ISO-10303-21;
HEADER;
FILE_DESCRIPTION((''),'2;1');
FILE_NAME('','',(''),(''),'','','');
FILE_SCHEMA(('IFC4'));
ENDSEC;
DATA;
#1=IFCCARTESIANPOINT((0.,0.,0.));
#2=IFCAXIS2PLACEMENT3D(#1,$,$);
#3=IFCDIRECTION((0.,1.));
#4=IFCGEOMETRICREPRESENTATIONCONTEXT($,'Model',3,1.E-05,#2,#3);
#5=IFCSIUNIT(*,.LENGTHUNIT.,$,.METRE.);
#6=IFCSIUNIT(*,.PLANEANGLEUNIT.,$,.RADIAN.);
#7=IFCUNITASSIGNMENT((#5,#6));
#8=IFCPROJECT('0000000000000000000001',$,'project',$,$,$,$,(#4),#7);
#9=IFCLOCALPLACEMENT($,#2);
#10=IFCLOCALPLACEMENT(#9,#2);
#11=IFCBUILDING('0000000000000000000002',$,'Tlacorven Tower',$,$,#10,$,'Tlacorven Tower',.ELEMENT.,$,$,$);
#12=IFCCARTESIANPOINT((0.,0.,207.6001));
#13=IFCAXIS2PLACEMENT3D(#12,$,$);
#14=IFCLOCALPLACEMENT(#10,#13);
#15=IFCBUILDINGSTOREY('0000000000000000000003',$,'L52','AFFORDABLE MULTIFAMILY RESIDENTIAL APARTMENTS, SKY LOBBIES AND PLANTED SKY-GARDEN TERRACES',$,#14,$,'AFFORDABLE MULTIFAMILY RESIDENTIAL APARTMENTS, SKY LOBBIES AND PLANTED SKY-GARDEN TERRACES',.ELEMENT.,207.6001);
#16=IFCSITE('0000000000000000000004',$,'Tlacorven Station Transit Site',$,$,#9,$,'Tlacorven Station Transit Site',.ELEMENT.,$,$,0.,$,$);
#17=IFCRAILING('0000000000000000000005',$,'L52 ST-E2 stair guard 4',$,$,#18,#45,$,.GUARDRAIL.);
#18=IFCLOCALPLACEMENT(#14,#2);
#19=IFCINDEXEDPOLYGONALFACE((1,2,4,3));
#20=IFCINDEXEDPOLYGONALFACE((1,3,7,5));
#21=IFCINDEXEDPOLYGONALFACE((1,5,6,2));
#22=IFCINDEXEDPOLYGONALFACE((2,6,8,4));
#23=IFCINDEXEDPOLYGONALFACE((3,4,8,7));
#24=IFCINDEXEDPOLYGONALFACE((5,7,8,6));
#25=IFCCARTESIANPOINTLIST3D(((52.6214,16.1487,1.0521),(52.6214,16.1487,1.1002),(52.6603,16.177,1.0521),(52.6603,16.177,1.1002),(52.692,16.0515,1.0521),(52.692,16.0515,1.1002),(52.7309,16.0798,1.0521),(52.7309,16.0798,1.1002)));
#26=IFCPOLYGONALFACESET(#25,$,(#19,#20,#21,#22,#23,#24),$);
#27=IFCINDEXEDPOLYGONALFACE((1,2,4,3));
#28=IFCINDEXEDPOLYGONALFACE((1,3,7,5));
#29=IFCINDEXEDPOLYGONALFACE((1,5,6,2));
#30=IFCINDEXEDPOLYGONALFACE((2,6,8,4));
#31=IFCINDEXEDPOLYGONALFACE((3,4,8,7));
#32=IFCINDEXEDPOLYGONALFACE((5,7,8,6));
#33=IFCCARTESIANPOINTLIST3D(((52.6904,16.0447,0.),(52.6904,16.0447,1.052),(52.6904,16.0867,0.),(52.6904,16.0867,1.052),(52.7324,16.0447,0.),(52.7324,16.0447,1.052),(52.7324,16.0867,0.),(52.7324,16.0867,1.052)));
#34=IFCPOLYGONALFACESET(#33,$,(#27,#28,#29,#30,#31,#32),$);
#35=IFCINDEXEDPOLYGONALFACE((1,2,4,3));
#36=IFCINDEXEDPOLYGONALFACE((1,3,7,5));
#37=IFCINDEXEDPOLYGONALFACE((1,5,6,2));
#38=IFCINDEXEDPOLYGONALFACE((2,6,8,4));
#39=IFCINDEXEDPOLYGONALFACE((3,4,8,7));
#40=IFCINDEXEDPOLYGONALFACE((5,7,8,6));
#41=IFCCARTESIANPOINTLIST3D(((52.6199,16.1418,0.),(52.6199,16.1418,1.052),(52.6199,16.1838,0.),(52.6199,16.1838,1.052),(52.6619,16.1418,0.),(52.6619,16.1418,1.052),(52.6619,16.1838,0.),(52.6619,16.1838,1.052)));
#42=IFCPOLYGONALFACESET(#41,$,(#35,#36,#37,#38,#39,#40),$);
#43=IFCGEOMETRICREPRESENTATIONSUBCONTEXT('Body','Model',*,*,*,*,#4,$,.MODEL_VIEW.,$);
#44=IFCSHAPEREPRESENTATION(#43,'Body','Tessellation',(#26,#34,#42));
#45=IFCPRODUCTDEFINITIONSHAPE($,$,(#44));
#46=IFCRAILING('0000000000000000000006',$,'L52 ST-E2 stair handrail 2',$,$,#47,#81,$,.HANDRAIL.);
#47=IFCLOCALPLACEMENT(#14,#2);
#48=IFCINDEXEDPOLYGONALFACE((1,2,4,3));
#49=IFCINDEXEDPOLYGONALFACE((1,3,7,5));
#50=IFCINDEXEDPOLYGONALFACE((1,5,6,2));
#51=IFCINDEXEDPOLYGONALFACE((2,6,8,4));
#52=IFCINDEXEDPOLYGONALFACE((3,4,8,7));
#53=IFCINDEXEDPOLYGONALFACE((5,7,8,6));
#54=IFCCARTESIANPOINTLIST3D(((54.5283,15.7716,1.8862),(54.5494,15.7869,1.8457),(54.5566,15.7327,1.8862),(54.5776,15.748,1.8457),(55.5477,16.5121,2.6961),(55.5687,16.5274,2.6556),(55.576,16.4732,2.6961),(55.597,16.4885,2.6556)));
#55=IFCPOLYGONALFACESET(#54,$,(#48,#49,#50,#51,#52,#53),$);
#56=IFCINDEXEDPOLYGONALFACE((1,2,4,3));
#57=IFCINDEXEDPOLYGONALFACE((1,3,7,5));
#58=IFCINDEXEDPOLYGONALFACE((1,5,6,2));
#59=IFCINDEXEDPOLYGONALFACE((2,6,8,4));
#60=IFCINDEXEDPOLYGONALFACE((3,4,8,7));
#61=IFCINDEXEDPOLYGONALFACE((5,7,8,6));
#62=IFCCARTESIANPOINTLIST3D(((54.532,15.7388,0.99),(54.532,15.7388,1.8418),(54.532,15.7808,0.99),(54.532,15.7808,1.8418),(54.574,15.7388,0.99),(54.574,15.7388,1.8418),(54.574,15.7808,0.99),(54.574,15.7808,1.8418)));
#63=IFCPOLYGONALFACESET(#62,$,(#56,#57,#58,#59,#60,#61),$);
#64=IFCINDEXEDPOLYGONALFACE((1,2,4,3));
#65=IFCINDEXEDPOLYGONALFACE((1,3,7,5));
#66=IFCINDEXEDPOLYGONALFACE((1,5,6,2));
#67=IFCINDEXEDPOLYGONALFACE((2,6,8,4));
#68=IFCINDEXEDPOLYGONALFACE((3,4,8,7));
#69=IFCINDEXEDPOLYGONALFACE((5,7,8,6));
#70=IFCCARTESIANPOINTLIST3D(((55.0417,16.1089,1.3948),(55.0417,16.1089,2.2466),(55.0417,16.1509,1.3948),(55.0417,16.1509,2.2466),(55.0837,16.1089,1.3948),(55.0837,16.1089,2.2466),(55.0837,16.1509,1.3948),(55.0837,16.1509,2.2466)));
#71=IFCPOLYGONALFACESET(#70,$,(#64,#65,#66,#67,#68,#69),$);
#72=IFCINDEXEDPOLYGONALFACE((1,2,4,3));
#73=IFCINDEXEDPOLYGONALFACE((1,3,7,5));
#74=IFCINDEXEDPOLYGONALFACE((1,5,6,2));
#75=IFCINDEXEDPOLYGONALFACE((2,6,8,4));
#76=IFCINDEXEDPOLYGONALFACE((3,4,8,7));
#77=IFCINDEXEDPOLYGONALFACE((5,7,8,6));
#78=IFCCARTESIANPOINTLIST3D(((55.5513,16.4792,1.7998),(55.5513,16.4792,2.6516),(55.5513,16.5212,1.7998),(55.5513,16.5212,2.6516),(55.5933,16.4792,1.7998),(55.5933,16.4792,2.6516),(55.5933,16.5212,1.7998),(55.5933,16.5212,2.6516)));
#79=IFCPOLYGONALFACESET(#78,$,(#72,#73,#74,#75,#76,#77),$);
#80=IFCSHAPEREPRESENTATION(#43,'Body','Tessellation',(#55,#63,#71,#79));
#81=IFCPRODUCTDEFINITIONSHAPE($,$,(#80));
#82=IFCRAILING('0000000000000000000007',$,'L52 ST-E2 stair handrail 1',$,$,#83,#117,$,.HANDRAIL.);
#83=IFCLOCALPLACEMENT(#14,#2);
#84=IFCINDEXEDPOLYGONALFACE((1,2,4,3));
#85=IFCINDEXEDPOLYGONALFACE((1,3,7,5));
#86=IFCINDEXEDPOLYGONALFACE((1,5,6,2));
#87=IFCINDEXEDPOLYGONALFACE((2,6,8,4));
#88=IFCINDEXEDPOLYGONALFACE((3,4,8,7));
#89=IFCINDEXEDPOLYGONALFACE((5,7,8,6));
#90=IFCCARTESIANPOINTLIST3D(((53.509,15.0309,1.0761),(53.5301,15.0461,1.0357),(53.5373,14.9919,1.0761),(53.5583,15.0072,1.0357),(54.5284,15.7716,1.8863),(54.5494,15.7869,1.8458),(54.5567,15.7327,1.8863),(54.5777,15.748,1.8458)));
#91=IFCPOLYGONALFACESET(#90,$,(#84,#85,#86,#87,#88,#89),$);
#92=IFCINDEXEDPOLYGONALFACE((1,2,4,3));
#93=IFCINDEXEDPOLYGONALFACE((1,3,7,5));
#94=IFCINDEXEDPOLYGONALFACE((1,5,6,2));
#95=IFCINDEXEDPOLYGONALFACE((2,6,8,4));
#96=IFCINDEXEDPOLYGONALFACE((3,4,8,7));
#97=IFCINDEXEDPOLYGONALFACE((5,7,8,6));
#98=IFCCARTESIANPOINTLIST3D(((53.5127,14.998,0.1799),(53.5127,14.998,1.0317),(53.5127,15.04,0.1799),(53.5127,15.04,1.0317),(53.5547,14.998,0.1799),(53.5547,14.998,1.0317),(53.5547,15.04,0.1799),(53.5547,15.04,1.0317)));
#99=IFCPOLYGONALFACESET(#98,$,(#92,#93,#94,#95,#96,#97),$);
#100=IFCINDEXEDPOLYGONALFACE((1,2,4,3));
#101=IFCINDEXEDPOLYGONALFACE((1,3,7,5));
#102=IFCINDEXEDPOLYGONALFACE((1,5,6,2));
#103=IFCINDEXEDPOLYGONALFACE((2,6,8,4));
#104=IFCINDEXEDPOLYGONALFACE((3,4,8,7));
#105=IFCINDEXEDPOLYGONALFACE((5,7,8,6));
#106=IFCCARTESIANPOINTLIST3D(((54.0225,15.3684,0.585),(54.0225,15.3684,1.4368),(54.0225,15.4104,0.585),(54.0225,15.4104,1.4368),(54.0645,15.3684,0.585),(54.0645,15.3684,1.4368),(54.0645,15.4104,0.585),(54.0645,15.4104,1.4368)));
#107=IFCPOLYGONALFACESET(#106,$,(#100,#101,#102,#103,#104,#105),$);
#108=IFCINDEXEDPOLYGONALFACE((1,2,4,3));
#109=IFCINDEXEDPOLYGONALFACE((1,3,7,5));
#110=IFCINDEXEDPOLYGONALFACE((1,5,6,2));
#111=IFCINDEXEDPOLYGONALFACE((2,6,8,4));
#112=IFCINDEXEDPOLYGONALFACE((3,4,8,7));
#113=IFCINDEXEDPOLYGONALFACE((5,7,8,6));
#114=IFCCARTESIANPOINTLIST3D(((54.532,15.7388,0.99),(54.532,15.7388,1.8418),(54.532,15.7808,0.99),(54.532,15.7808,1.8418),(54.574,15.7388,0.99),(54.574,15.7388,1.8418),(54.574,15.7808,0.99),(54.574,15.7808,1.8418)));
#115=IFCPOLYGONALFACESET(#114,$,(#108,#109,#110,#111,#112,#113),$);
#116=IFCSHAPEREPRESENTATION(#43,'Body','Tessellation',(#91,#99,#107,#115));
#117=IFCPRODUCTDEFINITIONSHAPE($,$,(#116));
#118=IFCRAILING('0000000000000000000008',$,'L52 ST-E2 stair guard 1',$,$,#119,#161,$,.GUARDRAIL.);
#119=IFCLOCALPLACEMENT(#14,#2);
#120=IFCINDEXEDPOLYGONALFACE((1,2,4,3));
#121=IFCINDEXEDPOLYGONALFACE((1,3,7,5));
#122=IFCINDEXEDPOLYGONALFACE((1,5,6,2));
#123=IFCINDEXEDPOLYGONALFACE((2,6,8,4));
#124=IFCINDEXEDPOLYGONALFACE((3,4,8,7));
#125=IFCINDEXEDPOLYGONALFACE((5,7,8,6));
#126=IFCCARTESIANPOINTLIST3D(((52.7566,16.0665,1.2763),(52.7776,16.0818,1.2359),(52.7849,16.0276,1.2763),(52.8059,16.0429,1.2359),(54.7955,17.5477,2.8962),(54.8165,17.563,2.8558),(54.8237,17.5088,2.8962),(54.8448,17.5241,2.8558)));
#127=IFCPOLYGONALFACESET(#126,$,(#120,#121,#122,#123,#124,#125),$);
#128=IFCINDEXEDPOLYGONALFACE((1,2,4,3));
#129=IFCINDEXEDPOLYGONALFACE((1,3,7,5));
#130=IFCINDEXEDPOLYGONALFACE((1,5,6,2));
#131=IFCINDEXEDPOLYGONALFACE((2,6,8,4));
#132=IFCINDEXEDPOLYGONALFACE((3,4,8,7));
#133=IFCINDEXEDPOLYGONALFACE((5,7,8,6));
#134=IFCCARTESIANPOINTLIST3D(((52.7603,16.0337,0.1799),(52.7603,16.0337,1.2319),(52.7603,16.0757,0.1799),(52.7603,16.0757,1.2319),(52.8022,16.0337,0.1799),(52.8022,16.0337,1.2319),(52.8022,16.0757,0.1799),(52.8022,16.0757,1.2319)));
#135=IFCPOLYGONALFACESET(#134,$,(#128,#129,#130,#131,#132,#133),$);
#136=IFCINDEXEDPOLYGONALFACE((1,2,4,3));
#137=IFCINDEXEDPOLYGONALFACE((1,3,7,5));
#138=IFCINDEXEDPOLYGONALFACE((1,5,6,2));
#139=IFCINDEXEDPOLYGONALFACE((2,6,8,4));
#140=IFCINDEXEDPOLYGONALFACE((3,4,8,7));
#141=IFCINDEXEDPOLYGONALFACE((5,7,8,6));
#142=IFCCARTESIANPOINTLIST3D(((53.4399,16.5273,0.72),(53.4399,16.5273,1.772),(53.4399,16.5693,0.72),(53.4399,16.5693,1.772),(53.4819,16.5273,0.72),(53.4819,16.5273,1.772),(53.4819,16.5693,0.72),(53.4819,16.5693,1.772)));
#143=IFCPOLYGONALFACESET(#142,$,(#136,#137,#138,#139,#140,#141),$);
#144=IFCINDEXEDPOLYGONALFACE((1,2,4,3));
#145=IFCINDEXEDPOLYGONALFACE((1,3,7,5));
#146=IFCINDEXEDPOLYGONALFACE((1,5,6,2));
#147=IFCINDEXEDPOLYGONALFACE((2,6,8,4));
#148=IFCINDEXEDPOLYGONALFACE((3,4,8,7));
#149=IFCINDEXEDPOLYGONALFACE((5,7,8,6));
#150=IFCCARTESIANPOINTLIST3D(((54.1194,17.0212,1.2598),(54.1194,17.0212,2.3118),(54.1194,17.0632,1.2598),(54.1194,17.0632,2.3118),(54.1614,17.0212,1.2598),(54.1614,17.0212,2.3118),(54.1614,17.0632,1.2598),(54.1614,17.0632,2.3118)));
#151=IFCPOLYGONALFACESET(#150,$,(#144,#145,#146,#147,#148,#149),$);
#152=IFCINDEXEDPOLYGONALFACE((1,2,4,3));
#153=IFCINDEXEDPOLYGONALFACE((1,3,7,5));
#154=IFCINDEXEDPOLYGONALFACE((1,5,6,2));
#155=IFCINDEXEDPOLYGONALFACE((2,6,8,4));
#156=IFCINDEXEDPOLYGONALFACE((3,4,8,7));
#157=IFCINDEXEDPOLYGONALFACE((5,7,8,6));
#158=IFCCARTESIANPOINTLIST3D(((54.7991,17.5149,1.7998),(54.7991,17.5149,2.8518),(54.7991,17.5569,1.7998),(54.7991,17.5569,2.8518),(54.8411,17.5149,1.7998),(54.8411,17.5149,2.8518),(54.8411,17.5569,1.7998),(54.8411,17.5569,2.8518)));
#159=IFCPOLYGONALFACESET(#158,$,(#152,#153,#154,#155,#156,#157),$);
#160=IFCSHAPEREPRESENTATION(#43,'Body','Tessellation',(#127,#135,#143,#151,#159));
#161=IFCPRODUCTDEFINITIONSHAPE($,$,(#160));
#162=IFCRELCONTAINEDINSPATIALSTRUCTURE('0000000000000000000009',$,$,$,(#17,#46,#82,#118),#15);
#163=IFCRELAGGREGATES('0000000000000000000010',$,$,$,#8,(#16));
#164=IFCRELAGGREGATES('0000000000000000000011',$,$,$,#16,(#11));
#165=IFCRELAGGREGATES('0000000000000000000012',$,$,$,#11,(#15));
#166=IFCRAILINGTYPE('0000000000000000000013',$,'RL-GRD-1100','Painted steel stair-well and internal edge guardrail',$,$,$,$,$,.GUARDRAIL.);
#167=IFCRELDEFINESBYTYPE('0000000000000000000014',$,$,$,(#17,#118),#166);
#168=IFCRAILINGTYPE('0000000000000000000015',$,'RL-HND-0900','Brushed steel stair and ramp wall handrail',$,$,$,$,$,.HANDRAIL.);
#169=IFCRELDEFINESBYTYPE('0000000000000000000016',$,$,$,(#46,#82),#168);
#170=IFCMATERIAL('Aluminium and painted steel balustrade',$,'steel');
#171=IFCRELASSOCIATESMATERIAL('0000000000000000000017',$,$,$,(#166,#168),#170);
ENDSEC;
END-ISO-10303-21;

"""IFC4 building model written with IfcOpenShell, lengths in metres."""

from ifc_helpers import new_model, si_unit, direction, frame, origin, origin_2d, place, context, subcontext, project, spatial, rectangle, extrude, source, transform, mapped, material, type_object, element, save


model = new_model("IFC4")

# Units and contexts
model_context = context("Model", 3, precision=1e-05, world=origin(), true_north=direction((0.0, 1.0)))
body_context = subcontext(model_context, "Body", "Model", "MODEL_VIEW")
ifc_project = project(units=[si_unit("LENGTHUNIT", "METRE"), si_unit("PLANEANGLEUNIT", "RADIAN")], contexts=[model_context])

# Site, building, storey
site_placement = place(None, origin())
site = spatial("IfcSite", under=ifc_project, at=site_placement, Name="Tlacorven Station Transit Site", LongName="Tlacorven Station Transit Site", CompositionType="ELEMENT", RefElevation=0.0)
building_placement = place(site_placement, origin())
building = spatial("IfcBuilding", under=site, at=building_placement, Name="Tlacorven Tower", LongName="Tlacorven Tower", CompositionType="ELEMENT")
storey_placement = place(building_placement, frame((0.0, 0.0, 207.6001)))
storey = spatial("IfcBuildingStorey", under=building, at=storey_placement, Name="L52", Description="AFFORDABLE MULTIFAMILY RESIDENTIAL APARTMENTS, SKY LOBBIES AND PLANTED SKY-GARDEN TERRACES", LongName="AFFORDABLE MULTIFAMILY RESIDENTIAL APARTMENTS, SKY LOBBIES AND PLANTED SKY-GARDEN TERRACES", CompositionType="ELEMENT", Elevation=207.6001)

# Railings
ifc_material_1 = material(Name="Aluminium and painted steel balustrade", Category="steel")
railing_type_1 = type_object("IfcRailingType", Name="RL-GRD-1100", Description="Painted steel stair-well and internal edge guardrail", PredefinedType="GUARDRAIL", material=ifc_material_1)
shared_shape_1 = source(origin(), body_context, "Body", "SweptSolid", [
    extrude(rectangle(XDim=0.0481, YDim=0.0481, at=origin_2d()), frame((0.0, 0.0, 1.0762), z_axis=(-0.587567, 0.809175, 0.0), x_axis=(-0.809175, -0.587567, 0.0)), (0.0, 0.0, 1.0), 0.1201),
    extrude(rectangle(XDim=0.042, YDim=0.042, at=origin_2d()), origin(), (0.0, 0.0, 1.0), 1.052),
    extrude(rectangle(XDim=0.042, YDim=0.042, at=origin_2d()), frame((-0.0706, 0.0972, 0.0)), (0.0, 0.0, 1.0), 1.052),
])
railing_1_placement = place(storey_placement, frame((52.7114, 16.0657, 0.0)))
element("IfcRailing", 1, at=railing_1_placement, inside=storey, type_object=railing_type_1, Name="L52 ST-E2 stair guard 4", PredefinedType="GUARDRAIL", context=body_context, shape_type="MappedRepresentation", body=[
    mapped(shared_shape_1, transform((0.0, 0.0, 0.0), scale=1.0)),
])
railing_type_2 = type_object("IfcRailingType", Name="RL-HND-0900", Description="Brushed steel stair and ramp wall handrail", PredefinedType="HANDRAIL", material=ifc_material_1)
shared_shape_2 = source(origin(), body_context, "Body", "SweptSolid", [
    extrude(rectangle(XDim=0.0481, YDim=0.0481, at=origin_2d()), frame((0.0, 0.0, 0.876), z_axis=(0.680576, 0.494416, 0.540712), x_axis=(-0.587745, 0.809046, 0.0)), (0.0, 0.0, 1.0), 1.4978),
    extrude(rectangle(XDim=0.042, YDim=0.042, at=origin_2d()), origin(), (0.0, 0.0, 1.0), 0.8518),
    extrude(rectangle(XDim=0.042, YDim=0.042, at=origin_2d()), frame((0.5098, 0.3701, 0.4048)), (0.0, 0.0, 1.0), 0.8518),
    extrude(rectangle(XDim=0.042, YDim=0.042, at=origin_2d()), frame((1.0193, 0.7405, 0.8098)), (0.0, 0.0, 1.0), 0.8518),
])
railing_2_placement = place(storey_placement, frame((54.553, 15.7598, 0.99)))
element("IfcRailing", 2, at=railing_2_placement, inside=storey, type_object=railing_type_2, Name="L52 ST-E2 stair handrail 2", PredefinedType="HANDRAIL", context=body_context, shape_type="MappedRepresentation", body=[
    mapped(shared_shape_2, transform((0.0, 0.0, 0.0), scale=1.0)),
])
shared_shape_3 = source(origin(), body_context, "Body", "SweptSolid", [
    extrude(rectangle(XDim=0.0481, YDim=0.0481, at=origin_2d()), frame((0.0, 0.0, 0.876), z_axis=(0.680461, 0.494496, 0.540783), x_axis=(-0.587872, 0.808954, 0.0)), (0.0, 0.0, 1.0), 1.498),
    extrude(rectangle(XDim=0.042, YDim=0.042, at=origin_2d()), origin(), (0.0, 0.0, 1.0), 0.8518),
    extrude(rectangle(XDim=0.042, YDim=0.042, at=origin_2d()), frame((0.5098, 0.3704, 0.405)), (0.0, 0.0, 1.0), 0.8518),
    extrude(rectangle(XDim=0.042, YDim=0.042, at=origin_2d()), frame((1.0193, 0.7407, 0.8101)), (0.0, 0.0, 1.0), 0.8518),
])
railing_3_placement = place(storey_placement, frame((53.5337, 15.019, 0.1799)))
element("IfcRailing", 3, at=railing_3_placement, inside=storey, type_object=railing_type_2, Name="L52 ST-E2 stair handrail 1", PredefinedType="HANDRAIL", context=body_context, shape_type="MappedRepresentation", body=[
    mapped(shared_shape_3, transform((0.0, 0.0, 0.0), scale=1.0)),
])
shared_shape_4 = source(origin(), body_context, "Body", "SweptSolid", [
    extrude(rectangle(XDim=0.0481, YDim=0.0481, at=origin_2d()), frame((0.0, 0.0, 1.0762), z_axis=(0.680562, 0.494428, 0.540717), x_axis=(-0.587763, 0.809033, 0.0)), (0.0, 0.0, 1.0), 2.9958),
    extrude(rectangle(XDim=0.042, YDim=0.042, at=origin_2d()), origin(), (0.0, 0.0, 1.0), 1.052),
    extrude(rectangle(XDim=0.042, YDim=0.042, at=origin_2d()), frame((0.6797, 0.4937, 0.54)), (0.0, 0.0, 1.0), 1.052),
    extrude(rectangle(XDim=0.042, YDim=0.042, at=origin_2d()), frame((1.3591, 0.9875, 1.0798)), (0.0, 0.0, 1.0), 1.052),
    extrude(rectangle(XDim=0.042, YDim=0.042, at=origin_2d()), frame((2.0388, 1.4812, 1.6199)), (0.0, 0.0, 1.0), 1.052),
])
railing_4_placement = place(storey_placement, frame((52.7812, 16.0547, 0.1799)))
element("IfcRailing", 4, at=railing_4_placement, inside=storey, type_object=railing_type_1, Name="L52 ST-E2 stair guard 1", PredefinedType="GUARDRAIL", context=body_context, shape_type="MappedRepresentation", body=[
    mapped(shared_shape_4, transform((0.0, 0.0, 0.0), scale=1.0)),
])

save(model, "model.ifc")
